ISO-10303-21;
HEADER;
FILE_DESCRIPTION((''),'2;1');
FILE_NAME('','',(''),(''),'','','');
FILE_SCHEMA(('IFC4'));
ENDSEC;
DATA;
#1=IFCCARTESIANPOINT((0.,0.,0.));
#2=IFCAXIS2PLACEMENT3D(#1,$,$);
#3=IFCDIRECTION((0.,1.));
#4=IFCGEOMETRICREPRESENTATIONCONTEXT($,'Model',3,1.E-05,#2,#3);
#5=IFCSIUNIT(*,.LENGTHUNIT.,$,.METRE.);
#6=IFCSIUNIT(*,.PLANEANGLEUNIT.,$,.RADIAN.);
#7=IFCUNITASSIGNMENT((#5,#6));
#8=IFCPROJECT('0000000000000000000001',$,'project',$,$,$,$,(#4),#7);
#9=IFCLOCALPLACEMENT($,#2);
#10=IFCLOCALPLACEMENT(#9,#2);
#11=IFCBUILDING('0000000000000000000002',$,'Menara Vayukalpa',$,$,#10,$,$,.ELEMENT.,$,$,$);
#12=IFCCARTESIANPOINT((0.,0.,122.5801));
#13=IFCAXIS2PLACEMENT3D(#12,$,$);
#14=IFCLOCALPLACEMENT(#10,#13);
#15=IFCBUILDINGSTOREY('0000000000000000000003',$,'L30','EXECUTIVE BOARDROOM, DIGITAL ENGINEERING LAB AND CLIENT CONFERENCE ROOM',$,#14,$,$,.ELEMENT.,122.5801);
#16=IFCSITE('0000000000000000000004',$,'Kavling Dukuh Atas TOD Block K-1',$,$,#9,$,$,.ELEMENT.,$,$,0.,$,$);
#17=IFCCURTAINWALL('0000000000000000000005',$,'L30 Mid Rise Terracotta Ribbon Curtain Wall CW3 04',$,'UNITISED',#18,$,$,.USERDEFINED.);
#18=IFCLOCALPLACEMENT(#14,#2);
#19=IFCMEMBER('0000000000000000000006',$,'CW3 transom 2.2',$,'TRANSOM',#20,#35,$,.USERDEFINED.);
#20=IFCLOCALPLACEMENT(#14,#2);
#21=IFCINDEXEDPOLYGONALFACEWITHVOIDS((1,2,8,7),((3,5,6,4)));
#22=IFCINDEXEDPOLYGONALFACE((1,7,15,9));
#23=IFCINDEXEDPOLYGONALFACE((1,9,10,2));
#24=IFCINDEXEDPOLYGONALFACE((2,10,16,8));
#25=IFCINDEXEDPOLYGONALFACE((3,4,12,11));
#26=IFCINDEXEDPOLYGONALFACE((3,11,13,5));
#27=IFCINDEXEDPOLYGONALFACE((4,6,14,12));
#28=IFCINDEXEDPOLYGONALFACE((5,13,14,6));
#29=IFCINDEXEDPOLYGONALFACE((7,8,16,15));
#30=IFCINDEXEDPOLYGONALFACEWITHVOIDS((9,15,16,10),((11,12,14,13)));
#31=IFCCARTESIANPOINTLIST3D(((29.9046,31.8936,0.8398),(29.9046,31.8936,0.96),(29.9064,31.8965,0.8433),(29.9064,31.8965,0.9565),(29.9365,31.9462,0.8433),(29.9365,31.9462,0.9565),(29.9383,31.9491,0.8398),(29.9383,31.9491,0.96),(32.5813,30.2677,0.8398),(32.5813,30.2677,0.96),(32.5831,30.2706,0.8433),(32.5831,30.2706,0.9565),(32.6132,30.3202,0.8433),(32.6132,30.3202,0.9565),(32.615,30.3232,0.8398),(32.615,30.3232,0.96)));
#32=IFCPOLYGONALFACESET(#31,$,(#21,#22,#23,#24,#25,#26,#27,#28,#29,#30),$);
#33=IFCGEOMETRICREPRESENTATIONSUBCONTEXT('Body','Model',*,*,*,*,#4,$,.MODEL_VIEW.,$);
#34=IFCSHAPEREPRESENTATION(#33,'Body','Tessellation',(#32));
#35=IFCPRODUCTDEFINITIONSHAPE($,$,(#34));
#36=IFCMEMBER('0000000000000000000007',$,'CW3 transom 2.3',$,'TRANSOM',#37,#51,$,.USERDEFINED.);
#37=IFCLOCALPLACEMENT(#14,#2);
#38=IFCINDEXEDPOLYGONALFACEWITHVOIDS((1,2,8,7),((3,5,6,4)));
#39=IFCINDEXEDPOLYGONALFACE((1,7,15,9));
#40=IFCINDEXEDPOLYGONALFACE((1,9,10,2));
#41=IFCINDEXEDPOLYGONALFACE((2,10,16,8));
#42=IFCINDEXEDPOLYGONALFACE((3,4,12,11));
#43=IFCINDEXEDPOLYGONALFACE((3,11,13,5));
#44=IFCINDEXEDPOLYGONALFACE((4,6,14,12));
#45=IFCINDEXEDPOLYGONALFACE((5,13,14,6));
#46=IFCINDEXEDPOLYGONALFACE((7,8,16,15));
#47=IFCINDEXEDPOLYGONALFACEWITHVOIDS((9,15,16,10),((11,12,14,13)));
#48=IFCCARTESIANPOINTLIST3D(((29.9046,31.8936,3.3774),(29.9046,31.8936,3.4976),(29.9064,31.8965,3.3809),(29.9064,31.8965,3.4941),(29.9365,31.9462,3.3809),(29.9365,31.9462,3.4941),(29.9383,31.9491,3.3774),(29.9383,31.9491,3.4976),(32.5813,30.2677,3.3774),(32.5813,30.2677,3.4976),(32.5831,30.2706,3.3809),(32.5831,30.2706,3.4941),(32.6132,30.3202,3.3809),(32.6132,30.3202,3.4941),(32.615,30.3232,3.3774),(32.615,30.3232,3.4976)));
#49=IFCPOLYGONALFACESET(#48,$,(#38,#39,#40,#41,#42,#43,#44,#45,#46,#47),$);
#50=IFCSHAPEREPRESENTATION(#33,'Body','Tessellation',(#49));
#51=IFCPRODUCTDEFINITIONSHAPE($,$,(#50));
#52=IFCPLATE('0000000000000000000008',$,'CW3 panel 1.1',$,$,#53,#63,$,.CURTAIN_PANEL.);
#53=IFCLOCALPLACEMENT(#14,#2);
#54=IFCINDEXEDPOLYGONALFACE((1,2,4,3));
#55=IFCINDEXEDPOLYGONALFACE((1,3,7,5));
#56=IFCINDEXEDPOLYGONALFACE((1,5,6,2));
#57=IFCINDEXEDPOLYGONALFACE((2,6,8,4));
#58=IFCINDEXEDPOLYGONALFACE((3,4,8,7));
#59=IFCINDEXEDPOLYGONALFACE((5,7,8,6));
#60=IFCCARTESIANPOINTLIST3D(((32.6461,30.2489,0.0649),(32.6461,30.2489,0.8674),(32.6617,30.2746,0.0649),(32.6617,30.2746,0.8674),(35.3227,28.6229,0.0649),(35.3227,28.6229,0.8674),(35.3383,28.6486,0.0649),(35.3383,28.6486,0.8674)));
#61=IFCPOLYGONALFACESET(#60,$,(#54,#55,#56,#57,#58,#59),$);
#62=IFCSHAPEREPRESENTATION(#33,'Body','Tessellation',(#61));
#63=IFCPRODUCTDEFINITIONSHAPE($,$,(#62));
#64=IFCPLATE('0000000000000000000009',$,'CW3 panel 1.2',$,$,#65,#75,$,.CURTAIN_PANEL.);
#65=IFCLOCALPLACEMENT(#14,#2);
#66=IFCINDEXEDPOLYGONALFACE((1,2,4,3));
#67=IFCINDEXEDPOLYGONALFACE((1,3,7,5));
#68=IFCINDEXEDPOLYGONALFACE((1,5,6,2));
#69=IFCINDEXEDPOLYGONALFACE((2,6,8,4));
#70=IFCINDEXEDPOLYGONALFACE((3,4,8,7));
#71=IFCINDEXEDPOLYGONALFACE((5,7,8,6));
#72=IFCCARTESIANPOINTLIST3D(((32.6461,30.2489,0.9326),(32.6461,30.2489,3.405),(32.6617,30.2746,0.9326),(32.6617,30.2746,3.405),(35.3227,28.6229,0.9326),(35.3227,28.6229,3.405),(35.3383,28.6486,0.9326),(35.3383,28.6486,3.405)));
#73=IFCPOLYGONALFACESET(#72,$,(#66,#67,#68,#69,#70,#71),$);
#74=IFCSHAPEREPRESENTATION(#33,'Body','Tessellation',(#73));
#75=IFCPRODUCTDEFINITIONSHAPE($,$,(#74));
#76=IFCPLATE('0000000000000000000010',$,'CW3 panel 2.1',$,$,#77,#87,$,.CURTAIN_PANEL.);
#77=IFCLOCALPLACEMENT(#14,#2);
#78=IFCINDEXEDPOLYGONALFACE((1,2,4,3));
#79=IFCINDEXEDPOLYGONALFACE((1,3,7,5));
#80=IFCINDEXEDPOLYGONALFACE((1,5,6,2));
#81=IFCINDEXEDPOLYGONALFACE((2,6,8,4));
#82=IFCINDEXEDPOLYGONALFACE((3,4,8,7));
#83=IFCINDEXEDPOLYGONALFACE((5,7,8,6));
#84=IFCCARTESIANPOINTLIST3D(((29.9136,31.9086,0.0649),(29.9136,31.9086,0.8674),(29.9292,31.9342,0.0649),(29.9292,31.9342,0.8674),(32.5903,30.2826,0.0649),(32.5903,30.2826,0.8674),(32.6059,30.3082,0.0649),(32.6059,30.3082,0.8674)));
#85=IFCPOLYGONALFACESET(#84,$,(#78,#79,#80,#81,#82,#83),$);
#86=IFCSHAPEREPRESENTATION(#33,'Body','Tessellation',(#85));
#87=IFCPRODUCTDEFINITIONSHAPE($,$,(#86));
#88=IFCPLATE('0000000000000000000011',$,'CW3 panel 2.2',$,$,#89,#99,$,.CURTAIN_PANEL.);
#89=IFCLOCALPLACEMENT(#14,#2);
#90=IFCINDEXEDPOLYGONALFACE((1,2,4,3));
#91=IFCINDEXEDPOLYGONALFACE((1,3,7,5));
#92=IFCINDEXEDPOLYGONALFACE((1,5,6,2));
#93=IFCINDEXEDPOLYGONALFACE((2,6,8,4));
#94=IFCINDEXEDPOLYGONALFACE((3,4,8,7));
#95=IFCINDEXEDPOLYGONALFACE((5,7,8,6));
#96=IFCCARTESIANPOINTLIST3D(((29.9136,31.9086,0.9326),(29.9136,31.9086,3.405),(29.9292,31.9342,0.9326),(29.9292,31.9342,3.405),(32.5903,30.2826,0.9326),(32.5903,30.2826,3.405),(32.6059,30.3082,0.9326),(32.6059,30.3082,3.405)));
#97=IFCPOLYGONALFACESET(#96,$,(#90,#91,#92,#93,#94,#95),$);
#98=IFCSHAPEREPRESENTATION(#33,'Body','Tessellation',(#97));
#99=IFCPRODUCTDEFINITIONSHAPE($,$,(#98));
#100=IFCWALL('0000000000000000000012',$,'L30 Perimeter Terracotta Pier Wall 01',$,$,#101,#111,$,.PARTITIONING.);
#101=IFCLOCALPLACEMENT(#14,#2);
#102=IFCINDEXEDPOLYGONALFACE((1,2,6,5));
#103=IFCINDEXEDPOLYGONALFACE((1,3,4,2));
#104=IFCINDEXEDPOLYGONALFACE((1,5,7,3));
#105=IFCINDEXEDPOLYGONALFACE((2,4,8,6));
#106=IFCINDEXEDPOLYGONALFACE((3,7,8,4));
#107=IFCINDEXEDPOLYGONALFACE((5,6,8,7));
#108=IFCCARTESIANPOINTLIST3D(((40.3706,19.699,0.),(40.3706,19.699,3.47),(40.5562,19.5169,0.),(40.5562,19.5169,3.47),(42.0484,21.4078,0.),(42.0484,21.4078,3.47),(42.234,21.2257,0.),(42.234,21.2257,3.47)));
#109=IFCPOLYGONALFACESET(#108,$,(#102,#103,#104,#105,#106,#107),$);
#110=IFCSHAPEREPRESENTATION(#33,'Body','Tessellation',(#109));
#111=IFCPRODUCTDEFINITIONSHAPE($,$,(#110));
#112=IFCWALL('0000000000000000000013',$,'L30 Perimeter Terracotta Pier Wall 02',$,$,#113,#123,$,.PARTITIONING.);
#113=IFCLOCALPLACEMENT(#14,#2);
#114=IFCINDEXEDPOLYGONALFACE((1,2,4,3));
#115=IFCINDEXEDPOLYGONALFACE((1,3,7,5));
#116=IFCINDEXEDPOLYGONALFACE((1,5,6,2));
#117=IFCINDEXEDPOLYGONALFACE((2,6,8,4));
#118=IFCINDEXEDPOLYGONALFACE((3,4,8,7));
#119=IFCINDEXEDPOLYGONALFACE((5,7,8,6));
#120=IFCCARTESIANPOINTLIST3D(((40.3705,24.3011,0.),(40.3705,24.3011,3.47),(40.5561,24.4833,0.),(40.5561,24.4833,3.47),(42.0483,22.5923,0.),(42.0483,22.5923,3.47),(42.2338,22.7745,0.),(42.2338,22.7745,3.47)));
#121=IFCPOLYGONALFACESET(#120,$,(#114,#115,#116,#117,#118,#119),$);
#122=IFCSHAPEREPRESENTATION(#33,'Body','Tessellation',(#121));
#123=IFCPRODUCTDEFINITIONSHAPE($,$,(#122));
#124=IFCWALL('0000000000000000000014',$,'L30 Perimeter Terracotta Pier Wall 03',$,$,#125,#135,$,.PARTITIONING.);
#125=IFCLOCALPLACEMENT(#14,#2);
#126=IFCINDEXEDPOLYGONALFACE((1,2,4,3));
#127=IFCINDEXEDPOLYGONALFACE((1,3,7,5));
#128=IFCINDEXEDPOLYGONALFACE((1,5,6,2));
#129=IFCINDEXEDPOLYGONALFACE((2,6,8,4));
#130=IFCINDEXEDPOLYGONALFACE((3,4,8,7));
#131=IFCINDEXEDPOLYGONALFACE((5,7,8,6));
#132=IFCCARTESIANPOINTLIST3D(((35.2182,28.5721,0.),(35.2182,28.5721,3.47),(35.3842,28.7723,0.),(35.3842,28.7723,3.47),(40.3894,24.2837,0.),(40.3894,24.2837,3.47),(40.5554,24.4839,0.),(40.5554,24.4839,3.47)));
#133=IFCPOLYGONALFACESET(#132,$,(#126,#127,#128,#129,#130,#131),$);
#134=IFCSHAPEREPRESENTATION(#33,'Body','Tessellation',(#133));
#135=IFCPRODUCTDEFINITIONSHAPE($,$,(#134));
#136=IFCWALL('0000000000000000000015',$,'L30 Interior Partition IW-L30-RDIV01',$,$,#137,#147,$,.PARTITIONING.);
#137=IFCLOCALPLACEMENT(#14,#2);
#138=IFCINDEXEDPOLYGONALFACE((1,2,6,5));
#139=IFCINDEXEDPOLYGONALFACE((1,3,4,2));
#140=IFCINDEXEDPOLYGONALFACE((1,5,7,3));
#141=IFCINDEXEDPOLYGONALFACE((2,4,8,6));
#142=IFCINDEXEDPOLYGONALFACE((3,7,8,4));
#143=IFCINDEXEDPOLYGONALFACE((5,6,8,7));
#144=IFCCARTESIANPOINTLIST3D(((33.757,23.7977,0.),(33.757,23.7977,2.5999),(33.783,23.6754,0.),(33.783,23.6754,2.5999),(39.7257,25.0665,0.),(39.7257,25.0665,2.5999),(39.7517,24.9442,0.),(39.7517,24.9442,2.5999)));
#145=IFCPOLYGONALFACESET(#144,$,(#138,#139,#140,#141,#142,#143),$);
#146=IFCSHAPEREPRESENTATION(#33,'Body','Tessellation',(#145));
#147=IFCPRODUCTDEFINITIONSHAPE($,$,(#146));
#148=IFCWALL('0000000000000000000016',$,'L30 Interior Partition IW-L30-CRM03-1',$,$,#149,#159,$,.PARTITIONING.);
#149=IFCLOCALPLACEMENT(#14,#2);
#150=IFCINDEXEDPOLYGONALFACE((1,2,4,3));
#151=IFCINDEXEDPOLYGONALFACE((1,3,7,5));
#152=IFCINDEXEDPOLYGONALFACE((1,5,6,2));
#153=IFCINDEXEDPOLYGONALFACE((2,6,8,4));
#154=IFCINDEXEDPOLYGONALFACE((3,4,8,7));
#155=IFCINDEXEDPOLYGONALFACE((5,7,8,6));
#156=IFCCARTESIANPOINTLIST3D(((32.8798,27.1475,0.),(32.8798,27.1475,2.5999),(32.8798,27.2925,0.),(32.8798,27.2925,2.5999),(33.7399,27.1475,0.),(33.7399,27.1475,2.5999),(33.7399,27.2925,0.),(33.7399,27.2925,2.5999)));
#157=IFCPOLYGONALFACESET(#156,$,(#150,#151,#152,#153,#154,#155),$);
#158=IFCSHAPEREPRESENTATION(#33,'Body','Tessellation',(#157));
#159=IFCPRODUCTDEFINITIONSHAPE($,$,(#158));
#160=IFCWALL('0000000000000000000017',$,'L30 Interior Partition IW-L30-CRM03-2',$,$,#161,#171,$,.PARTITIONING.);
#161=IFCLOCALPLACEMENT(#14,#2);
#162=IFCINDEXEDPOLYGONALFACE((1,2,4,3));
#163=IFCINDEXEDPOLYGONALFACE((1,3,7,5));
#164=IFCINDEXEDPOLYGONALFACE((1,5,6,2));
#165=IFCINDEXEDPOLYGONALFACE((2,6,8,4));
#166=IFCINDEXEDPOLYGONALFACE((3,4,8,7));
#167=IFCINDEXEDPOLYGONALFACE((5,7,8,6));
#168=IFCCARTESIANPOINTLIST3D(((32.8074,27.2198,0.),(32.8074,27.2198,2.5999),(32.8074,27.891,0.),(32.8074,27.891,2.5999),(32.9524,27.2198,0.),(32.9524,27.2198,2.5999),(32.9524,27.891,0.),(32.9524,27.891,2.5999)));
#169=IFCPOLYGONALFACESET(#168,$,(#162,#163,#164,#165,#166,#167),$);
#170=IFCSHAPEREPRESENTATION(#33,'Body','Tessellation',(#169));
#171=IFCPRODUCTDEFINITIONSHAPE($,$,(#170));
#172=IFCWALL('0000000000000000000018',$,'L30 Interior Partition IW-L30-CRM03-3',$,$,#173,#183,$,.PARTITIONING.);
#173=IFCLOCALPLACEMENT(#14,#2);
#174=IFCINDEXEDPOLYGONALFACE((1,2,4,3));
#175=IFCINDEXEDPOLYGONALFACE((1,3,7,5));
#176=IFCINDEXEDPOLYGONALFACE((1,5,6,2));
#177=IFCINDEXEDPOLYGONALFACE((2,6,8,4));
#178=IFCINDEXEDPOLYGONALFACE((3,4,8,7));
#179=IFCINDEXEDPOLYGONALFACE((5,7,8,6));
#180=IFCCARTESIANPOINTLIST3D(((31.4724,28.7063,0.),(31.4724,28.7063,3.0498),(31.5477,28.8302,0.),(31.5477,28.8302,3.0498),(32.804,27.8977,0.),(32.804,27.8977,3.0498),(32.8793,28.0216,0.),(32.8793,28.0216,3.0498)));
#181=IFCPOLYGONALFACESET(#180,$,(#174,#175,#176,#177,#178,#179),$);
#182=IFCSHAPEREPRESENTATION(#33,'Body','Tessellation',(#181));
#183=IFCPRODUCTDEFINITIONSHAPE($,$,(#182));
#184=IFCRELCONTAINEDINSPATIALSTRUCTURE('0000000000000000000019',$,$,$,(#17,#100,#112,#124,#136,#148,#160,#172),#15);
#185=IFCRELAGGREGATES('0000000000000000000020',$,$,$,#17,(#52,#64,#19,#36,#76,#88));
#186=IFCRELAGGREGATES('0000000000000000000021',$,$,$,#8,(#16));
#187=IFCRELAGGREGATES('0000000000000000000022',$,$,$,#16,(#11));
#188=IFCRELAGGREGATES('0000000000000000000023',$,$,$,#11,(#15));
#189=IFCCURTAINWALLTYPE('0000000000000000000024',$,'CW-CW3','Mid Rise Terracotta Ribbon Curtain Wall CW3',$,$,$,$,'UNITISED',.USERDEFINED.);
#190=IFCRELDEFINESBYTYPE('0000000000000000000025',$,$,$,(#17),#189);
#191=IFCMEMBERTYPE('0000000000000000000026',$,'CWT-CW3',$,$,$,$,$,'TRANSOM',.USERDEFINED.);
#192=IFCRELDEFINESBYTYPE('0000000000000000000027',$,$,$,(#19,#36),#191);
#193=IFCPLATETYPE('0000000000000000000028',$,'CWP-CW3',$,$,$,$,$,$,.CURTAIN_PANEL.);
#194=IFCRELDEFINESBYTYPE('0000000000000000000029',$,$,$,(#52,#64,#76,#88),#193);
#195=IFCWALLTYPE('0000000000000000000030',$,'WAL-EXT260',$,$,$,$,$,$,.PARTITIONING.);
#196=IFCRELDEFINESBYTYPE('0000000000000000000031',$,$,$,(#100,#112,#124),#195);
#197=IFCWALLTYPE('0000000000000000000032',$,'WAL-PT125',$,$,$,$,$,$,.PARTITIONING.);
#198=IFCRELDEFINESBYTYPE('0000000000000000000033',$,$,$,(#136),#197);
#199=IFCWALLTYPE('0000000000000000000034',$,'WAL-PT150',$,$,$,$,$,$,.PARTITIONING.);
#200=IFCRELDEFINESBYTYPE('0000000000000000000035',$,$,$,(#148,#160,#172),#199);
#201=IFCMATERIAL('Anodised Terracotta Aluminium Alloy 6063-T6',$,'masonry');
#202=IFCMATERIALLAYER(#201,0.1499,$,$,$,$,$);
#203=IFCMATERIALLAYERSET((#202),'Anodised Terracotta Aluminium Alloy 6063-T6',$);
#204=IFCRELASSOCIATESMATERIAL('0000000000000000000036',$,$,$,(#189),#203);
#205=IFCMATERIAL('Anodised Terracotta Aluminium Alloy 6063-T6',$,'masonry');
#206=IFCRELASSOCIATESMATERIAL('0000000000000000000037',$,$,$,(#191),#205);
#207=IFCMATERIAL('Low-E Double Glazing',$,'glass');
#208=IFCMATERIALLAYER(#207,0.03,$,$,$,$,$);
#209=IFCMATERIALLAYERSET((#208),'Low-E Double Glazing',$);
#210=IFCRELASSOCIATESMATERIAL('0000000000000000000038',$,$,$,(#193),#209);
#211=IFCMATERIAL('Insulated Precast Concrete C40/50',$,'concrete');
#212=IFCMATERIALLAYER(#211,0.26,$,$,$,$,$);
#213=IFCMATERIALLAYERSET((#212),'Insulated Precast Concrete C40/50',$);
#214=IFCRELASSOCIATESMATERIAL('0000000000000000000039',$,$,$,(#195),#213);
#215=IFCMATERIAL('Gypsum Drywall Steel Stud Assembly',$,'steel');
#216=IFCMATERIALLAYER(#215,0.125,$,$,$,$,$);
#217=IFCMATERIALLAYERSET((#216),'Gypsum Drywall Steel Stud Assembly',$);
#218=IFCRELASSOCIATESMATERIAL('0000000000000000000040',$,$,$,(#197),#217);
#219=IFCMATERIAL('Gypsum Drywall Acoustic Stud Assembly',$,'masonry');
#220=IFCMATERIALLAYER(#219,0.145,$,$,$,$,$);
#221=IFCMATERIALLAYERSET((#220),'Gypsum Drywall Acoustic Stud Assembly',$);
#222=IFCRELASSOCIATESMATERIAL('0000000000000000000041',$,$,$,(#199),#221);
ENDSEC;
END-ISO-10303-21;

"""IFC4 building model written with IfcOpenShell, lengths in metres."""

from ifc_helpers import new_model, si_unit, direction, frame, frame_2d, origin, origin_2d, place, context, subcontext, project, spatial, rectangle, hollow_rectangle, extrude, material, layer, layer_set, material_profile, profile_set, type_object, element, aggregate, save


model = new_model("IFC4")

# Units and contexts
model_context = context("Model", 3, precision=1e-05, world=origin(), true_north=direction((0.0, 1.0)))
body_context = subcontext(model_context, "Body", "Model", "MODEL_VIEW")
ifc_project = project(units=[si_unit("LENGTHUNIT", "METRE"), si_unit("PLANEANGLEUNIT", "RADIAN")], contexts=[model_context])

# Site, building, storey
site_placement = place(None, origin())
site = spatial("IfcSite", under=ifc_project, at=site_placement, Name="Kavling Dukuh Atas TOD Block K-1", CompositionType="ELEMENT", RefElevation=0.0)
building_placement = place(site_placement, origin())
building = spatial("IfcBuilding", under=site, at=building_placement, Name="Menara Vayukalpa", CompositionType="ELEMENT")
storey_placement = place(building_placement, frame((0.0, 0.0, 122.5801)))
storey = spatial("IfcBuildingStorey", under=building, at=storey_placement, Name="L30", Description="EXECUTIVE BOARDROOM, DIGITAL ENGINEERING LAB AND CLIENT CONFERENCE ROOM", CompositionType="ELEMENT", Elevation=122.5801)

# Curtain wall, members, plates
ifc_material_1 = material(Name="Anodised Terracotta Aluminium Alloy 6063-T6", Category="masonry")
ifc_layer_1 = layer(ifc_material_1, 0.1499)
ifc_layer_set_1 = layer_set([ifc_layer_1], Name="Anodised Terracotta Aluminium Alloy 6063-T6")
curtain_wall_type = type_object("IfcCurtainWallType", Name="CW-CW3", Description="Mid Rise Terracotta Ribbon Curtain Wall CW3", ElementType="UNITISED", PredefinedType="USERDEFINED", material=ifc_layer_set_1)
curtain_wall_placement = place(storey_placement, origin())
curtain_wall = element("IfcCurtainWall", 1, at=curtain_wall_placement, inside=storey, type_object=curtain_wall_type, Name="L30 Mid Rise Terracotta Ribbon Curtain Wall CW3 04", ObjectType="UNITISED", PredefinedType="USERDEFINED")
ifc_material_2 = material(Name="Anodised Terracotta Aluminium Alloy 6063-T6", Category="masonry")
ifc_material_profile_1 = material_profile(ifc_material_2, hollow_rectangle(XDim=0.0649, YDim=0.1201, WallThickness=0.0034, at=origin_2d()), Name="ALU 65x120x3.5")
ifc_profile_set_1 = profile_set([ifc_material_profile_1], Name="Anodised Terracotta Aluminium Alloy 6063-T6")
member_type_1 = type_object("IfcMemberType", Name="CWT-CW3", ElementType="TRANSOM", PredefinedType="USERDEFINED", material=ifc_profile_set_1)
member_1_placement = place(storey_placement, frame((32.5981, 30.2954, 0.8999), z_axis=(-0.854674, 0.519165, 0.0), x_axis=(-0.519165, -0.854674, 0.0)))
member_1 = element("IfcMember", 2, at=member_1_placement, type_object=member_type_1, Name="CW3 transom 2.2", ObjectType="TRANSOM", PredefinedType="USERDEFINED", context=body_context, shape_type="SweptSolid", body=[
    extrude(hollow_rectangle(XDim=0.0649, YDim=0.1201, WallThickness=0.0034, at=origin_2d()), origin(), (0.0, 0.0, 1.0), 3.1318),
])
member_2_placement = place(storey_placement, frame((32.5981, 30.2954, 3.4375), z_axis=(-0.854674, 0.519165, 0.0), x_axis=(-0.519165, -0.854674, 0.0)))
member_2 = element("IfcMember", 3, at=member_2_placement, type_object=member_type_1, Name="CW3 transom 2.3", ObjectType="TRANSOM", PredefinedType="USERDEFINED", context=body_context, shape_type="SweptSolid", body=[
    extrude(hollow_rectangle(XDim=0.0649, YDim=0.1201, WallThickness=0.0034, at=origin_2d()), origin(), (0.0, 0.0, 1.0), 3.1318),
])
ifc_material_3 = material(Name="Low-E Double Glazing", Category="glass")
ifc_layer_2 = layer(ifc_material_3, 0.03)
ifc_layer_set_2 = layer_set([ifc_layer_2], Name="Low-E Double Glazing")
plate_type = type_object("IfcPlateType", Name="CWP-CW3", PredefinedType="CURTAIN_PANEL", material=ifc_layer_set_2)
plate_1_placement = place(storey_placement, frame((33.9922, 29.4487, 0.0649), z_axis=(0.0, 0.0, 1.0), x_axis=(-0.854663, 0.519183, 0.0)))
plate_1 = element("IfcPlate", 4, at=plate_1_placement, type_object=plate_type, Name="CW3 panel 1.1", PredefinedType="CURTAIN_PANEL", context=body_context, shape_type="SweptSolid", body=[
    extrude(rectangle(XDim=3.1318, YDim=0.03, at=origin_2d()), origin(), (0.0, 0.0, 1.0), 0.8025),
])
plate_2_placement = place(storey_placement, frame((33.9922, 29.4487, 0.9326), z_axis=(0.0, 0.0, 1.0), x_axis=(-0.854663, 0.519183, 0.0)))
plate_2 = element("IfcPlate", 5, at=plate_2_placement, type_object=plate_type, Name="CW3 panel 1.2", PredefinedType="CURTAIN_PANEL", context=body_context, shape_type="SweptSolid", body=[
    extrude(rectangle(XDim=3.1318, YDim=0.03, at=origin_2d()), origin(), (0.0, 0.0, 1.0), 2.4724),
])
plate_3_placement = place(storey_placement, frame((31.2598, 31.1084, 0.0649), z_axis=(0.0, 0.0, 1.0), x_axis=(-0.854663, 0.519183, 0.0)))
plate_3 = element("IfcPlate", 6, at=plate_3_placement, type_object=plate_type, Name="CW3 panel 2.1", PredefinedType="CURTAIN_PANEL", context=body_context, shape_type="SweptSolid", body=[
    extrude(rectangle(XDim=3.1318, YDim=0.03, at=origin_2d()), origin(), (0.0, 0.0, 1.0), 0.8025),
])
plate_4_placement = place(storey_placement, frame((31.2598, 31.1084, 0.9326), z_axis=(0.0, 0.0, 1.0), x_axis=(-0.854663, 0.519183, 0.0)))
plate_4 = element("IfcPlate", 7, at=plate_4_placement, type_object=plate_type, Name="CW3 panel 2.2", PredefinedType="CURTAIN_PANEL", context=body_context, shape_type="SweptSolid", body=[
    extrude(rectangle(XDim=3.1318, YDim=0.03, at=origin_2d()), origin(), (0.0, 0.0, 1.0), 2.4724),
])
aggregate(curtain_wall, [plate_1, plate_2, member_1, member_2, plate_3, plate_4])

# Walls
ifc_material_4 = material(Name="Insulated Precast Concrete C40/50", Category="concrete")
ifc_layer_3 = layer(ifc_material_4, 0.26)
ifc_layer_set_3 = layer_set([ifc_layer_3], Name="Insulated Precast Concrete C40/50")
wall_type_1 = type_object("IfcWallType", Name="WAL-EXT260", PredefinedType="PARTITIONING", material=ifc_layer_set_3)
for number, where, z_axis, x_axis, name in (
    (8, (42.1411, 21.3167, 0.0), (0.0, 0.0, 1.0), (-0.700603, -0.713551, 0.0), "L30 Perimeter Terracotta Pier Wall 01"),
    (9, (40.4634, 24.3921, 0.0), (0.0, 0.0, 1.0), (0.700603, -0.713551, 0.0), "L30 Perimeter Terracotta Pier Wall 02"),
):
    element("IfcWall", number, at=place(storey_placement, frame(where, z_axis=z_axis, x_axis=x_axis)), inside=storey, type_object=wall_type_1, Name=name, PredefinedType="PARTITIONING", context=body_context, shape_type="SweptSolid", body=[
        extrude(rectangle(XDim=2.3948, YDim=0.26, at=frame_2d((1.1973, 0.0))), origin(), (0.0, 0.0, 1.0), 3.47),
    ])
wall_1_placement = place(storey_placement, frame((35.3013, 28.6721, 0.0), z_axis=(0.0, 0.0, 1.0), x_axis=(0.769753, -0.638342, 0.0)))
element("IfcWall", 10, at=wall_1_placement, inside=storey, type_object=wall_type_1, Name="L30 Perimeter Terracotta Pier Wall 03", PredefinedType="PARTITIONING", context=body_context, shape_type="SweptSolid", body=[
    extrude(rectangle(XDim=6.718, YDim=0.26, at=frame_2d((3.3589, 0.0))), origin(), (0.0, 0.0, 1.0), 3.47),
])
ifc_material_5 = material(Name="Gypsum Drywall Steel Stud Assembly", Category="steel")
ifc_layer_4 = layer(ifc_material_5, 0.125)
ifc_layer_set_4 = layer_set([ifc_layer_4], Name="Gypsum Drywall Steel Stud Assembly")
wall_type_2 = type_object("IfcWallType", Name="WAL-PT125", PredefinedType="PARTITIONING", material=ifc_layer_set_4)
wall_2_placement = place(storey_placement, frame((33.77, 23.7366, 0.0), z_axis=(0.0, 0.0, 1.0), x_axis=(0.978144, 0.207928, 0.0)))
element("IfcWall", 11, at=wall_2_placement, inside=storey, type_object=wall_type_2, Name="L30 Interior Partition IW-L30-RDIV01", PredefinedType="PARTITIONING", context=body_context, shape_type="SweptSolid", body=[
    extrude(rectangle(XDim=6.1021, YDim=0.125, at=frame_2d((3.051, 0.0))), origin(), (0.0, 0.0, 1.0), 2.5999),
])
ifc_material_6 = material(Name="Gypsum Drywall Acoustic Stud Assembly", Category="masonry")
ifc_layer_5 = layer(ifc_material_6, 0.145)
ifc_layer_set_5 = layer_set([ifc_layer_5], Name="Gypsum Drywall Acoustic Stud Assembly")
wall_type_3 = type_object("IfcWallType", Name="WAL-PT150", PredefinedType="PARTITIONING", material=ifc_layer_set_5)
wall_3_placement = place(storey_placement, frame((33.74, 27.22, 0.0), z_axis=(0.0, 0.0, 1.0), x_axis=(-1.0, 0.0, 0.0)))
element("IfcWall", 12, at=wall_3_placement, inside=storey, type_object=wall_type_3, Name="L30 Interior Partition IW-L30-CRM03-1", PredefinedType="PARTITIONING", context=body_context, shape_type="SweptSolid", body=[
    extrude(rectangle(XDim=0.8601, YDim=0.145, at=frame_2d((0.4302, 0.0))), origin(), (0.0, 0.0, 1.0), 2.5999),
])
wall_4_placement = place(storey_placement, frame((32.8799, 27.22, 0.0), z_axis=(0.0, 0.0, 1.0), x_axis=(0.0, 1.0, 0.0)))
element("IfcWall", 13, at=wall_4_placement, inside=storey, type_object=wall_type_3, Name="L30 Interior Partition IW-L30-CRM03-2", PredefinedType="PARTITIONING", context=body_context, shape_type="SweptSolid", body=[
    extrude(rectangle(XDim=0.6711, YDim=0.145, at=frame_2d((0.3354, 0.0))), origin(), (0.0, 0.0, 1.0), 2.5999),
])
wall_5_placement = place(storey_placement, frame((32.8416, 27.9597, 0.0), z_axis=(0.0, 0.0, 1.0), x_axis=(-0.854743, 0.519052, 0.0)))
element("IfcWall", 14, at=wall_5_placement, inside=storey, type_object=wall_type_3, Name="L30 Interior Partition IW-L30-CRM03-3", PredefinedType="PARTITIONING", context=body_context, shape_type="SweptSolid", body=[
    extrude(rectangle(XDim=1.5579, YDim=0.145, at=frame_2d((0.7788, 0.0))), origin(), (0.0, 0.0, 1.0), 3.0498),
])

save(model, "model.ifc")
